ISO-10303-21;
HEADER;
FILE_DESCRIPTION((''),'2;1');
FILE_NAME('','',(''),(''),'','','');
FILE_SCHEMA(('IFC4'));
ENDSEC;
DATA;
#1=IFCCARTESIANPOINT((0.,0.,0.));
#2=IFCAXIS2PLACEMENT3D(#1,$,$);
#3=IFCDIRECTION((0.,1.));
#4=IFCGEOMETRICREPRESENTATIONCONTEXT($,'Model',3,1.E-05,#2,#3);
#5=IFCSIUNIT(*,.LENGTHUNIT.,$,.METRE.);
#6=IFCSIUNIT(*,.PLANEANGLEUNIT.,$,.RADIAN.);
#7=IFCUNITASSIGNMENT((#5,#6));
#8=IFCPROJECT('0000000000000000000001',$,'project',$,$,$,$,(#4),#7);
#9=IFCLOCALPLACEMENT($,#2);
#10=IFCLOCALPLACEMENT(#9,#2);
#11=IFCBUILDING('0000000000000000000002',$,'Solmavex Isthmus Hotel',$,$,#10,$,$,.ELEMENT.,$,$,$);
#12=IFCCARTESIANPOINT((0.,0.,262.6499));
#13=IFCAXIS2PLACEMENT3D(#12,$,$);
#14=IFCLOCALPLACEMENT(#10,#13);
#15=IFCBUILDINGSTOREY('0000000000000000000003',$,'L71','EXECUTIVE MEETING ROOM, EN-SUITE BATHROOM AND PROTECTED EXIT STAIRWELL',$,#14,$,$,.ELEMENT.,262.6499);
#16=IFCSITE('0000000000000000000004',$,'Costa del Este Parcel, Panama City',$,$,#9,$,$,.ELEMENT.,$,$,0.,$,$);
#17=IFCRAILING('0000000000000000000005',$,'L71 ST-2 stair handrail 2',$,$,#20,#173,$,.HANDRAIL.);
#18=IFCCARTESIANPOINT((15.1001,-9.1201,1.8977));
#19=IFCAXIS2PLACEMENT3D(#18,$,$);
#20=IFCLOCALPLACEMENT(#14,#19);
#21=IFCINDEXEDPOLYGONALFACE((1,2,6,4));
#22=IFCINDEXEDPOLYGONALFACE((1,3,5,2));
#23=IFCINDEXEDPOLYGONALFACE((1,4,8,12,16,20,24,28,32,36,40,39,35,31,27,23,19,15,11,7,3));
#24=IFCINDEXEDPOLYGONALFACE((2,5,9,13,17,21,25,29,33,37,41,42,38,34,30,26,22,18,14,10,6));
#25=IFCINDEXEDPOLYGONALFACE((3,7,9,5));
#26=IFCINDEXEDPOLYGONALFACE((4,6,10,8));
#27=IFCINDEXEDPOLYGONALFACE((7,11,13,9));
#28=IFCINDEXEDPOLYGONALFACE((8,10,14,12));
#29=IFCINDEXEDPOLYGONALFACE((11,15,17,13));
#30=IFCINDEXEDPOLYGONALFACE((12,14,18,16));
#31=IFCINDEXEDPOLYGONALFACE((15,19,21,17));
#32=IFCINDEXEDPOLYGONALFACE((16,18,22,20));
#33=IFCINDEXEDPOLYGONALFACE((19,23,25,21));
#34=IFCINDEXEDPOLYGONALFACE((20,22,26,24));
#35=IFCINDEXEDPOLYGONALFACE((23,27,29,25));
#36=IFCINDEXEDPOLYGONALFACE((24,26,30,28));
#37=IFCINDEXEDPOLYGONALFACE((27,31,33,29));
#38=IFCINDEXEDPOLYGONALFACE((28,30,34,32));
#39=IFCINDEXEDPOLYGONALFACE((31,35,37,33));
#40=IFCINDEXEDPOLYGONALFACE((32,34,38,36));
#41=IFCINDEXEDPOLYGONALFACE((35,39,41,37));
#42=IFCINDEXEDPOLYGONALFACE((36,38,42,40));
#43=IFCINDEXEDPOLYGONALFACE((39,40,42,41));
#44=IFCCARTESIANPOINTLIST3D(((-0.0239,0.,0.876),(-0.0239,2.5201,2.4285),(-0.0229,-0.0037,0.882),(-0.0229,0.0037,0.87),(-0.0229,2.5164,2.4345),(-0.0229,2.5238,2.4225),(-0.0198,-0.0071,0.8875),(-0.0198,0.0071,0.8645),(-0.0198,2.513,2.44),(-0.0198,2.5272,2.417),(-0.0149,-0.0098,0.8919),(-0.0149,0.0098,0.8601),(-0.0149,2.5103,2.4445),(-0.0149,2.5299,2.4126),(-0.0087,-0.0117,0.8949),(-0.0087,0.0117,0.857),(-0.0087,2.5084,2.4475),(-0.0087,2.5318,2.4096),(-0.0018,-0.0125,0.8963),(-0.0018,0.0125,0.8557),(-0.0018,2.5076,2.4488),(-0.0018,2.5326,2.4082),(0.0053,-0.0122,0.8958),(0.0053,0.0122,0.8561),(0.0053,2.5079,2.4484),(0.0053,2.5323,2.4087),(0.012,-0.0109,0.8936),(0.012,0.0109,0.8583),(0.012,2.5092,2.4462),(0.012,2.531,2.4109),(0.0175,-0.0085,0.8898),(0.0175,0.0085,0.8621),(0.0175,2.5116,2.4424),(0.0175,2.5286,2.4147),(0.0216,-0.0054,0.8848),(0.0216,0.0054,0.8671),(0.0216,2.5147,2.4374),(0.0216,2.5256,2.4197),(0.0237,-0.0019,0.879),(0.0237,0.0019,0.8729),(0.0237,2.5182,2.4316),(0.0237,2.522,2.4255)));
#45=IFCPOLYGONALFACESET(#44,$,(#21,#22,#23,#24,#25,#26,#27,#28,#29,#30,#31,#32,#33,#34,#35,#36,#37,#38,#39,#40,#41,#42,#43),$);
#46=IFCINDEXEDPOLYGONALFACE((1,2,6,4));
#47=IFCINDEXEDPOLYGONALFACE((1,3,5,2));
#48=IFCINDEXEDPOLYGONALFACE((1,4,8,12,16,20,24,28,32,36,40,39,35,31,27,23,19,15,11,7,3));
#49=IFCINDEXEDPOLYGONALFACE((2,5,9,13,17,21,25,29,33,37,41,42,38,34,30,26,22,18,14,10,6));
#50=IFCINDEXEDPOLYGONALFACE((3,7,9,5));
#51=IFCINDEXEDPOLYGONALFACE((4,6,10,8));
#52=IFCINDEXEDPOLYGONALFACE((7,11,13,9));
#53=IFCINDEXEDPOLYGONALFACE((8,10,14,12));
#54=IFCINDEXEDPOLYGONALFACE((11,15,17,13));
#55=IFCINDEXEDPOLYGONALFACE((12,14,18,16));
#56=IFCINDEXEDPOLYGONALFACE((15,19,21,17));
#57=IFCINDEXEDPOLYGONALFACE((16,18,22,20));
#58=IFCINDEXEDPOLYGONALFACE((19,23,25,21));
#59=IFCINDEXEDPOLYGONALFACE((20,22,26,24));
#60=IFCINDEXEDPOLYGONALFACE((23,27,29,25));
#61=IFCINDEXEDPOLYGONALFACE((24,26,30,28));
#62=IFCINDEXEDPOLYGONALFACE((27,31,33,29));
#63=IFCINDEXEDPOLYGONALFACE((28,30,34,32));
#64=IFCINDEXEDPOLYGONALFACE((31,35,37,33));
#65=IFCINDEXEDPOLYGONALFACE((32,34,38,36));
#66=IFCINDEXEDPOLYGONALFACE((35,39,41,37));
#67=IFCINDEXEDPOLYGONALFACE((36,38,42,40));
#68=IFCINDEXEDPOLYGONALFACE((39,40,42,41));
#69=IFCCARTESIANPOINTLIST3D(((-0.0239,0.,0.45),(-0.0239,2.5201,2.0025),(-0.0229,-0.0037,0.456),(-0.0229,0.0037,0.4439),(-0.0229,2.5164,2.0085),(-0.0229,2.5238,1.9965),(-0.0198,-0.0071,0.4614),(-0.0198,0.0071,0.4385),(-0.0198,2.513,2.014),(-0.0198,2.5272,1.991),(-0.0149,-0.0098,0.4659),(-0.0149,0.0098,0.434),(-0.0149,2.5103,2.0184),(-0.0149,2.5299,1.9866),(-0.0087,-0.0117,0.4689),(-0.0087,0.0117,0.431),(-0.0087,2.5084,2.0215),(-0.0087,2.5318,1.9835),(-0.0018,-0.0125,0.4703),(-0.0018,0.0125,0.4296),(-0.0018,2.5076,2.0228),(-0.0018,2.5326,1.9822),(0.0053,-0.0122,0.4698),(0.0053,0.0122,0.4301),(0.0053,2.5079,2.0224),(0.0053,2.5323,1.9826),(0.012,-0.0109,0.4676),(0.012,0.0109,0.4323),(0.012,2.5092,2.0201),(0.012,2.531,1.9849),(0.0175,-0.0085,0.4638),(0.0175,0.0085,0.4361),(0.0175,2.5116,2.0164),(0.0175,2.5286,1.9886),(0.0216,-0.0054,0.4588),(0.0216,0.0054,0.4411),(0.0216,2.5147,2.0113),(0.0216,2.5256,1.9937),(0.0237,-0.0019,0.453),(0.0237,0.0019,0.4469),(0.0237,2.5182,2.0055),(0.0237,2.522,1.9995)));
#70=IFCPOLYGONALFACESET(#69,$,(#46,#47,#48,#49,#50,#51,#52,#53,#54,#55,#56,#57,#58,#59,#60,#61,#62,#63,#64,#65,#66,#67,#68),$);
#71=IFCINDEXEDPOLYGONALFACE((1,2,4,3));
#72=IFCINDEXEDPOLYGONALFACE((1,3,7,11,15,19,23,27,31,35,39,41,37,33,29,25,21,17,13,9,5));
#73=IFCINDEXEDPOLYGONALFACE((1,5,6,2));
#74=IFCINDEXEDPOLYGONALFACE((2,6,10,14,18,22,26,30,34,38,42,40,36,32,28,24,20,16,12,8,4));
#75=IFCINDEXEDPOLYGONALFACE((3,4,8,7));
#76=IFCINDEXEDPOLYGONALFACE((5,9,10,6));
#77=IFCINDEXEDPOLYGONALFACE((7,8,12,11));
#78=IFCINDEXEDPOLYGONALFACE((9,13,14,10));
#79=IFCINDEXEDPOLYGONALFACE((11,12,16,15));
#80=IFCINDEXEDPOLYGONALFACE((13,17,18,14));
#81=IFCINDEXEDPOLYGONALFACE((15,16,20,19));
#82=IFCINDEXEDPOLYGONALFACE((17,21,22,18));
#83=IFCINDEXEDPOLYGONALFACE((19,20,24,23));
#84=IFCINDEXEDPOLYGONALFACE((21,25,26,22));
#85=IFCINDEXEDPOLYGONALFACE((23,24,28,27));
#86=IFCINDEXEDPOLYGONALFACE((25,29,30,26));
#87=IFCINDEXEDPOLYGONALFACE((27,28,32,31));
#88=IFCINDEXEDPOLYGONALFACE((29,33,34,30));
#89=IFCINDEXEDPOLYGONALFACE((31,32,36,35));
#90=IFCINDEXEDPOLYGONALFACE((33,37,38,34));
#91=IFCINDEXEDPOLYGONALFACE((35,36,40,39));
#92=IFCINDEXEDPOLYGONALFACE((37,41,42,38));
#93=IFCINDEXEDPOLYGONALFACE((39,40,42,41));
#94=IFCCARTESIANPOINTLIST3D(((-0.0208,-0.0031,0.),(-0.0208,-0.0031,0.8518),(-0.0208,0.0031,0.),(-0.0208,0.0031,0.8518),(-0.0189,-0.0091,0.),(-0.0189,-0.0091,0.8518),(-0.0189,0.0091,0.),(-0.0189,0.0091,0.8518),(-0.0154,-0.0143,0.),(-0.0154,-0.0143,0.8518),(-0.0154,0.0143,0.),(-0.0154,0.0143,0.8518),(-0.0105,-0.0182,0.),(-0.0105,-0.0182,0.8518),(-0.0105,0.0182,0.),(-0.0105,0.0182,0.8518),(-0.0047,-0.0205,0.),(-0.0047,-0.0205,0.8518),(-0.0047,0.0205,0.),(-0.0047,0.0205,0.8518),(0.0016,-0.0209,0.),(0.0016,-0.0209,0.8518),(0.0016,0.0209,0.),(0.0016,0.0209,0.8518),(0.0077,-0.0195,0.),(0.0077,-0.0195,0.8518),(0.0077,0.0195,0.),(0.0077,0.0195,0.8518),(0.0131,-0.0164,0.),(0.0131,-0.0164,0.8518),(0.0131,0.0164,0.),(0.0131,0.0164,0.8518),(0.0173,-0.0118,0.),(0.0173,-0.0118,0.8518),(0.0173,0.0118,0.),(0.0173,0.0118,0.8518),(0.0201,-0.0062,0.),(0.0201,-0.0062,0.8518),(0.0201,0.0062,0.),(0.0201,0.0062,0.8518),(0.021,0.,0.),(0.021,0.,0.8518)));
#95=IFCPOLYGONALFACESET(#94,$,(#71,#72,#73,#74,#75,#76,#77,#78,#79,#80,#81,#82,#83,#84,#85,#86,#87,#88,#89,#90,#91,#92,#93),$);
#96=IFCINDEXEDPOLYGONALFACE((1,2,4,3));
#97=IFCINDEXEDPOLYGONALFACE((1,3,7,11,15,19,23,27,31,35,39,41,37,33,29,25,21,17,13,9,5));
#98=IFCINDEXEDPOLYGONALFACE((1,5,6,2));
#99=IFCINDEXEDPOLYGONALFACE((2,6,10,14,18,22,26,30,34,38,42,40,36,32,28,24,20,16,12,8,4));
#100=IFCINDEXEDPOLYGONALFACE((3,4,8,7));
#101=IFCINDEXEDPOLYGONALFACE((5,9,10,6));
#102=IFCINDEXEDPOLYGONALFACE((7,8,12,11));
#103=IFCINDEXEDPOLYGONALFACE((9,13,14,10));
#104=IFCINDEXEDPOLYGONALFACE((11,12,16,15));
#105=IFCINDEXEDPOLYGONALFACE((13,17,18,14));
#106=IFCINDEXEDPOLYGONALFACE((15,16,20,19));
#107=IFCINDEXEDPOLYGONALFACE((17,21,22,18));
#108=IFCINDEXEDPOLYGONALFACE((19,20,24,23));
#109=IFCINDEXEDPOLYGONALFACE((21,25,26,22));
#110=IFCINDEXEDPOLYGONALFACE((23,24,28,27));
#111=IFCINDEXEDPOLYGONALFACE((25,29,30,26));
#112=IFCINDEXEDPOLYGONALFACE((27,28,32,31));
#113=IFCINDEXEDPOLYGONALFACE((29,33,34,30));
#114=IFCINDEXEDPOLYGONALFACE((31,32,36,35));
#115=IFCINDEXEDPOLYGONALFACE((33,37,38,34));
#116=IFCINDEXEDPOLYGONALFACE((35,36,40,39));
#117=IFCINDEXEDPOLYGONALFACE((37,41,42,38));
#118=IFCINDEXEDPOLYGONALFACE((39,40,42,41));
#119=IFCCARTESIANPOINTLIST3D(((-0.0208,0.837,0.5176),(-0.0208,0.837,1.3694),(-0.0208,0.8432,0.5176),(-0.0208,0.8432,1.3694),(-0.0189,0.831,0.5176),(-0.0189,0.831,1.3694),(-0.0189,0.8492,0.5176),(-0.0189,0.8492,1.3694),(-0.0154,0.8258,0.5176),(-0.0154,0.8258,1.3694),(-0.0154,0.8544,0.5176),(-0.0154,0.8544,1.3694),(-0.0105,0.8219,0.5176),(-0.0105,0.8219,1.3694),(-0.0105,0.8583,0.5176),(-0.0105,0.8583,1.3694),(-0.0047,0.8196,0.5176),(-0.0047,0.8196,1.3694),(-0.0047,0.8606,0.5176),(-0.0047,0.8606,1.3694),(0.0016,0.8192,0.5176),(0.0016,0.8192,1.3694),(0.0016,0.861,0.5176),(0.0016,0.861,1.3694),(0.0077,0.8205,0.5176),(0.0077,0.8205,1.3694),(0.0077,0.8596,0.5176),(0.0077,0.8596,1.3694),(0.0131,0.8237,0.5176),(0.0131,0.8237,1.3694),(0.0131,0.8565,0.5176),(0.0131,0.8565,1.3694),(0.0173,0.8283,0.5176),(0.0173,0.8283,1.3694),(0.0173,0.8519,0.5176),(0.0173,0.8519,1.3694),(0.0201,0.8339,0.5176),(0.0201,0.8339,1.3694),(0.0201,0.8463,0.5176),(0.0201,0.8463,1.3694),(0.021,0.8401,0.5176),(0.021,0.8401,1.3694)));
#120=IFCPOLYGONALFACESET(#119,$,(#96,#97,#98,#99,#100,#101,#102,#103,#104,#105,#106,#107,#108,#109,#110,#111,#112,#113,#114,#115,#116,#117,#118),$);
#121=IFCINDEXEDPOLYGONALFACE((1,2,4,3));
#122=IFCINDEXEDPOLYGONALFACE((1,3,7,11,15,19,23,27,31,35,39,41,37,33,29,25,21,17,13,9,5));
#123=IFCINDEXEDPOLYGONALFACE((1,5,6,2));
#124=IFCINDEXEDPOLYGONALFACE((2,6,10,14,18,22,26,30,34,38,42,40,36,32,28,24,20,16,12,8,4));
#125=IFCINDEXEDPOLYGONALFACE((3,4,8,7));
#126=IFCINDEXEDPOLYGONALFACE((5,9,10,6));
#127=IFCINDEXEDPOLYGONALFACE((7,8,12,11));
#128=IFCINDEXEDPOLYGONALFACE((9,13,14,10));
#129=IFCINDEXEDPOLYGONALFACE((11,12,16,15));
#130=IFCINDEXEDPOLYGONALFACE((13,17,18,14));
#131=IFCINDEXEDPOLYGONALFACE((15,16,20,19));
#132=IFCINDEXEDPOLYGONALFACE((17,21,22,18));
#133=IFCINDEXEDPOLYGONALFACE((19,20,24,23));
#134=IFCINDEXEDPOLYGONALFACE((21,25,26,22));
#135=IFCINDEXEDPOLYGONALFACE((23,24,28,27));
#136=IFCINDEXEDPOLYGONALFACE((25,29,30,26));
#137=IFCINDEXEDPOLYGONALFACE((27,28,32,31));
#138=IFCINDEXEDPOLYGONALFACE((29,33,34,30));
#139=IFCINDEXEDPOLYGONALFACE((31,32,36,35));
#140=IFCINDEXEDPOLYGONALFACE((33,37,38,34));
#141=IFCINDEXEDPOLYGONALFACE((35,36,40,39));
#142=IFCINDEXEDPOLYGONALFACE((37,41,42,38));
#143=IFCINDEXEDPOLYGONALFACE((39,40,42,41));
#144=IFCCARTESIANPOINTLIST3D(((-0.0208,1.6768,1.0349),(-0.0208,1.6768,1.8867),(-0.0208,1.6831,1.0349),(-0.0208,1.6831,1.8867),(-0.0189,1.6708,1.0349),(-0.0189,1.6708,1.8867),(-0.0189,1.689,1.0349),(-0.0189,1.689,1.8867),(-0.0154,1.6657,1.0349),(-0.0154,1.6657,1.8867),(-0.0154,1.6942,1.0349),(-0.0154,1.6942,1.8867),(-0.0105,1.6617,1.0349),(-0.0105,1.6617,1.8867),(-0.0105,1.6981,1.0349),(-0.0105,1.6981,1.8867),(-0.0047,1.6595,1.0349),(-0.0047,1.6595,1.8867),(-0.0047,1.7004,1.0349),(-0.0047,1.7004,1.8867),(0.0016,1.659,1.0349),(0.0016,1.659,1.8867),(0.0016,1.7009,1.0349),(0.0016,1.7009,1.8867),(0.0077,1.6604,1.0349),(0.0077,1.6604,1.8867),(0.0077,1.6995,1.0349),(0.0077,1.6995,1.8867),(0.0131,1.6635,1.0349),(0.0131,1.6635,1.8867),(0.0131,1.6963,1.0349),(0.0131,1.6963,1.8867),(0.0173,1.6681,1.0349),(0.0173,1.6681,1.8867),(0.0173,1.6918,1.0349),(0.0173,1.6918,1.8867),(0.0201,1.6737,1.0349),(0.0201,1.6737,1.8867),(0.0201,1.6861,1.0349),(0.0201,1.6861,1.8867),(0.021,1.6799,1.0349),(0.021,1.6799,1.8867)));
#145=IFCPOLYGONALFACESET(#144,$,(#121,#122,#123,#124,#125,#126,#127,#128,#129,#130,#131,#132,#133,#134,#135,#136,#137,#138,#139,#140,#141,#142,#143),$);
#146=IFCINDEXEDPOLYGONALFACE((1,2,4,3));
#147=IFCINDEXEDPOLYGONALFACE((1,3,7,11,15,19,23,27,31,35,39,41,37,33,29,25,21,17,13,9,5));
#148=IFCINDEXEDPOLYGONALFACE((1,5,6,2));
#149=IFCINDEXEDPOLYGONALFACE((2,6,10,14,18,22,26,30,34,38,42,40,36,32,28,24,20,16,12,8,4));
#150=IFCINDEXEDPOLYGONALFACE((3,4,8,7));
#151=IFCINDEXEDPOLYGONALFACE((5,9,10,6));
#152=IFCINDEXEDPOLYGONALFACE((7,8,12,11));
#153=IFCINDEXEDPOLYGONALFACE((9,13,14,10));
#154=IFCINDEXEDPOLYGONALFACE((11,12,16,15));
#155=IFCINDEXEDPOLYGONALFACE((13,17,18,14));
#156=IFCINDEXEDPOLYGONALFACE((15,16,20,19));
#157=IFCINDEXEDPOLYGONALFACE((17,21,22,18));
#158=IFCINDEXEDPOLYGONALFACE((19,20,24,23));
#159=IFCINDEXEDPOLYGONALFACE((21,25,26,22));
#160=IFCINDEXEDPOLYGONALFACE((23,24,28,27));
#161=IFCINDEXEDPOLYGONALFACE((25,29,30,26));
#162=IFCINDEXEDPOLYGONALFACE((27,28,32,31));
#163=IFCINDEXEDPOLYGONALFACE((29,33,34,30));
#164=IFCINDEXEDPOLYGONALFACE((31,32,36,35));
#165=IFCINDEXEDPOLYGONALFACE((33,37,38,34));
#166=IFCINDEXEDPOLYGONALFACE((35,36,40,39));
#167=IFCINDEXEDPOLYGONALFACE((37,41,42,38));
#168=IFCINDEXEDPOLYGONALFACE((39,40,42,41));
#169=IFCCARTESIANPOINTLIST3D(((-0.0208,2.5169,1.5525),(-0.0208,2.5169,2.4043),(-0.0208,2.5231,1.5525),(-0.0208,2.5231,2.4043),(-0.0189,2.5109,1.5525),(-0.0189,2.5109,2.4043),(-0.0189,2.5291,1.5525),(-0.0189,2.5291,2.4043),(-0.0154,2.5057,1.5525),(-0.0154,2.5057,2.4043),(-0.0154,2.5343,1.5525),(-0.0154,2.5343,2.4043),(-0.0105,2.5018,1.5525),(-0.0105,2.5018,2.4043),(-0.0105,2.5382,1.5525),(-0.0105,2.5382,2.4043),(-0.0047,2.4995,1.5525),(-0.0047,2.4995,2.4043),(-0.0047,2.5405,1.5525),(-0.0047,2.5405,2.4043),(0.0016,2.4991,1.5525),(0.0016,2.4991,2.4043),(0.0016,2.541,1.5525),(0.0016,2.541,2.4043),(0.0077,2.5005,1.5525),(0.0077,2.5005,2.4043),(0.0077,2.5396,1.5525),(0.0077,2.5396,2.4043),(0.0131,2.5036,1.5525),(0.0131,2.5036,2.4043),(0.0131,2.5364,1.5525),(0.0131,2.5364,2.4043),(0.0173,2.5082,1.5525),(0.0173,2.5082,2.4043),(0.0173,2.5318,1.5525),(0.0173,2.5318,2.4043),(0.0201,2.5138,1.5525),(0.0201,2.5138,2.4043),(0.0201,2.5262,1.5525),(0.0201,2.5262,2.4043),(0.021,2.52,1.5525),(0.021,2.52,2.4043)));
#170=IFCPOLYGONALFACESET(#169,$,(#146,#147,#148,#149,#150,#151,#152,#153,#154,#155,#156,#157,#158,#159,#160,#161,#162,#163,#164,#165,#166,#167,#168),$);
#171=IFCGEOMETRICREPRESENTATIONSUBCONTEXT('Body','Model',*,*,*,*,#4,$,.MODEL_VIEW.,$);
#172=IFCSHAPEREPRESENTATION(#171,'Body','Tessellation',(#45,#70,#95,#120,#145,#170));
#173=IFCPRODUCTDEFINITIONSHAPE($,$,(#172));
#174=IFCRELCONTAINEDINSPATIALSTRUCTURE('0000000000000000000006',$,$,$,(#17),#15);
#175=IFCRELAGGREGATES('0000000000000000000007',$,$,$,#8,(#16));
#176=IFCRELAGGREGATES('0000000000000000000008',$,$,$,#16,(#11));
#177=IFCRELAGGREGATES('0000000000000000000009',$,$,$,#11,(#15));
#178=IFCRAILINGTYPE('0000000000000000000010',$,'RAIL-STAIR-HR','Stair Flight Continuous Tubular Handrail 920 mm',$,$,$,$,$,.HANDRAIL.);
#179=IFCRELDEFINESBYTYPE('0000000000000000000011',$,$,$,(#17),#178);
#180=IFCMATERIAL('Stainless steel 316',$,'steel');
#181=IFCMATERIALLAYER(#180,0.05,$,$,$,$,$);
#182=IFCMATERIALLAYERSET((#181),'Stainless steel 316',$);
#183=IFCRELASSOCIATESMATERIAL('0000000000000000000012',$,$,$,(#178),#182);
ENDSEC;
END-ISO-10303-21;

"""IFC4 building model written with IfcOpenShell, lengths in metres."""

from ifc_helpers import new_model, si_unit, direction, frame, origin, origin_2d, place, context, subcontext, project, spatial, circle, extrude, material, layer, layer_set, type_object, element, save


model = new_model("IFC4")

# Units and contexts
model_context = context("Model", 3, precision=1e-05, world=origin(), true_north=direction((0.0, 1.0)))
body_context = subcontext(model_context, "Body", "Model", "MODEL_VIEW")
ifc_project = project(units=[si_unit("LENGTHUNIT", "METRE"), si_unit("PLANEANGLEUNIT", "RADIAN")], contexts=[model_context])

# Site, building, storey
site_placement = place(None, origin())
site = spatial("IfcSite", under=ifc_project, at=site_placement, Name="Costa del Este Parcel, Panama City", CompositionType="ELEMENT", RefElevation=0.0)
building_placement = place(site_placement, origin())
building = spatial("IfcBuilding", under=site, at=building_placement, Name="Solmavex Isthmus Hotel", CompositionType="ELEMENT")
storey_placement = place(building_placement, frame((0.0, 0.0, 262.6499)))
storey = spatial("IfcBuildingStorey", under=building, at=storey_placement, Name="L71", Description="EXECUTIVE MEETING ROOM, EN-SUITE BATHROOM AND PROTECTED EXIT STAIRWELL", CompositionType="ELEMENT", Elevation=262.6499)

# Railing
ifc_material_1 = material(Name="Stainless steel 316", Category="steel")
ifc_layer_1 = layer(ifc_material_1, 0.05)
ifc_layer_set_1 = layer_set([ifc_layer_1], Name="Stainless steel 316")
railing_type_1 = type_object("IfcRailingType", Name="RAIL-STAIR-HR", Description="Stair Flight Continuous Tubular Handrail 920 mm", PredefinedType="HANDRAIL", material=ifc_layer_set_1)
railing_1_placement = place(storey_placement, frame((15.1001, -9.1201, 1.8977)))
element("IfcRailing", 1, at=railing_1_placement, inside=storey, type_object=railing_type_1, Name="L71 ST-2 stair handrail 2", PredefinedType="HANDRAIL", context=body_context, shape_type="SweptSolid", body=[
    extrude(circle(Radius=0.0239, at=origin_2d()), frame((0.0, 0.0, 0.876), z_axis=(0.0, 0.8514, 0.524516), x_axis=(-1.0, 0.0, 0.0)), (0.0, 0.0, 1.0), 2.96),
    extrude(circle(Radius=0.0239, at=origin_2d()), frame((0.0, 0.0, 0.45), z_axis=(0.0, 0.8514, 0.524516), x_axis=(-1.0, 0.0, 0.0)), (0.0, 0.0, 1.0), 2.96),
    extrude(circle(Radius=0.021, at=origin_2d()), origin(), (0.0, 0.0, 1.0), 0.8518),
    extrude(circle(Radius=0.021, at=origin_2d()), frame((0.0, 0.8401, 0.5176)), (0.0, 0.0, 1.0), 0.8518),
    extrude(circle(Radius=0.021, at=origin_2d()), frame((0.0, 1.6799, 1.0349)), (0.0, 0.0, 1.0), 0.8518),
    extrude(circle(Radius=0.021, at=origin_2d()), frame((0.0, 2.52, 1.5525)), (0.0, 0.0, 1.0), 0.8518),
])

save(model, "model.ifc")
